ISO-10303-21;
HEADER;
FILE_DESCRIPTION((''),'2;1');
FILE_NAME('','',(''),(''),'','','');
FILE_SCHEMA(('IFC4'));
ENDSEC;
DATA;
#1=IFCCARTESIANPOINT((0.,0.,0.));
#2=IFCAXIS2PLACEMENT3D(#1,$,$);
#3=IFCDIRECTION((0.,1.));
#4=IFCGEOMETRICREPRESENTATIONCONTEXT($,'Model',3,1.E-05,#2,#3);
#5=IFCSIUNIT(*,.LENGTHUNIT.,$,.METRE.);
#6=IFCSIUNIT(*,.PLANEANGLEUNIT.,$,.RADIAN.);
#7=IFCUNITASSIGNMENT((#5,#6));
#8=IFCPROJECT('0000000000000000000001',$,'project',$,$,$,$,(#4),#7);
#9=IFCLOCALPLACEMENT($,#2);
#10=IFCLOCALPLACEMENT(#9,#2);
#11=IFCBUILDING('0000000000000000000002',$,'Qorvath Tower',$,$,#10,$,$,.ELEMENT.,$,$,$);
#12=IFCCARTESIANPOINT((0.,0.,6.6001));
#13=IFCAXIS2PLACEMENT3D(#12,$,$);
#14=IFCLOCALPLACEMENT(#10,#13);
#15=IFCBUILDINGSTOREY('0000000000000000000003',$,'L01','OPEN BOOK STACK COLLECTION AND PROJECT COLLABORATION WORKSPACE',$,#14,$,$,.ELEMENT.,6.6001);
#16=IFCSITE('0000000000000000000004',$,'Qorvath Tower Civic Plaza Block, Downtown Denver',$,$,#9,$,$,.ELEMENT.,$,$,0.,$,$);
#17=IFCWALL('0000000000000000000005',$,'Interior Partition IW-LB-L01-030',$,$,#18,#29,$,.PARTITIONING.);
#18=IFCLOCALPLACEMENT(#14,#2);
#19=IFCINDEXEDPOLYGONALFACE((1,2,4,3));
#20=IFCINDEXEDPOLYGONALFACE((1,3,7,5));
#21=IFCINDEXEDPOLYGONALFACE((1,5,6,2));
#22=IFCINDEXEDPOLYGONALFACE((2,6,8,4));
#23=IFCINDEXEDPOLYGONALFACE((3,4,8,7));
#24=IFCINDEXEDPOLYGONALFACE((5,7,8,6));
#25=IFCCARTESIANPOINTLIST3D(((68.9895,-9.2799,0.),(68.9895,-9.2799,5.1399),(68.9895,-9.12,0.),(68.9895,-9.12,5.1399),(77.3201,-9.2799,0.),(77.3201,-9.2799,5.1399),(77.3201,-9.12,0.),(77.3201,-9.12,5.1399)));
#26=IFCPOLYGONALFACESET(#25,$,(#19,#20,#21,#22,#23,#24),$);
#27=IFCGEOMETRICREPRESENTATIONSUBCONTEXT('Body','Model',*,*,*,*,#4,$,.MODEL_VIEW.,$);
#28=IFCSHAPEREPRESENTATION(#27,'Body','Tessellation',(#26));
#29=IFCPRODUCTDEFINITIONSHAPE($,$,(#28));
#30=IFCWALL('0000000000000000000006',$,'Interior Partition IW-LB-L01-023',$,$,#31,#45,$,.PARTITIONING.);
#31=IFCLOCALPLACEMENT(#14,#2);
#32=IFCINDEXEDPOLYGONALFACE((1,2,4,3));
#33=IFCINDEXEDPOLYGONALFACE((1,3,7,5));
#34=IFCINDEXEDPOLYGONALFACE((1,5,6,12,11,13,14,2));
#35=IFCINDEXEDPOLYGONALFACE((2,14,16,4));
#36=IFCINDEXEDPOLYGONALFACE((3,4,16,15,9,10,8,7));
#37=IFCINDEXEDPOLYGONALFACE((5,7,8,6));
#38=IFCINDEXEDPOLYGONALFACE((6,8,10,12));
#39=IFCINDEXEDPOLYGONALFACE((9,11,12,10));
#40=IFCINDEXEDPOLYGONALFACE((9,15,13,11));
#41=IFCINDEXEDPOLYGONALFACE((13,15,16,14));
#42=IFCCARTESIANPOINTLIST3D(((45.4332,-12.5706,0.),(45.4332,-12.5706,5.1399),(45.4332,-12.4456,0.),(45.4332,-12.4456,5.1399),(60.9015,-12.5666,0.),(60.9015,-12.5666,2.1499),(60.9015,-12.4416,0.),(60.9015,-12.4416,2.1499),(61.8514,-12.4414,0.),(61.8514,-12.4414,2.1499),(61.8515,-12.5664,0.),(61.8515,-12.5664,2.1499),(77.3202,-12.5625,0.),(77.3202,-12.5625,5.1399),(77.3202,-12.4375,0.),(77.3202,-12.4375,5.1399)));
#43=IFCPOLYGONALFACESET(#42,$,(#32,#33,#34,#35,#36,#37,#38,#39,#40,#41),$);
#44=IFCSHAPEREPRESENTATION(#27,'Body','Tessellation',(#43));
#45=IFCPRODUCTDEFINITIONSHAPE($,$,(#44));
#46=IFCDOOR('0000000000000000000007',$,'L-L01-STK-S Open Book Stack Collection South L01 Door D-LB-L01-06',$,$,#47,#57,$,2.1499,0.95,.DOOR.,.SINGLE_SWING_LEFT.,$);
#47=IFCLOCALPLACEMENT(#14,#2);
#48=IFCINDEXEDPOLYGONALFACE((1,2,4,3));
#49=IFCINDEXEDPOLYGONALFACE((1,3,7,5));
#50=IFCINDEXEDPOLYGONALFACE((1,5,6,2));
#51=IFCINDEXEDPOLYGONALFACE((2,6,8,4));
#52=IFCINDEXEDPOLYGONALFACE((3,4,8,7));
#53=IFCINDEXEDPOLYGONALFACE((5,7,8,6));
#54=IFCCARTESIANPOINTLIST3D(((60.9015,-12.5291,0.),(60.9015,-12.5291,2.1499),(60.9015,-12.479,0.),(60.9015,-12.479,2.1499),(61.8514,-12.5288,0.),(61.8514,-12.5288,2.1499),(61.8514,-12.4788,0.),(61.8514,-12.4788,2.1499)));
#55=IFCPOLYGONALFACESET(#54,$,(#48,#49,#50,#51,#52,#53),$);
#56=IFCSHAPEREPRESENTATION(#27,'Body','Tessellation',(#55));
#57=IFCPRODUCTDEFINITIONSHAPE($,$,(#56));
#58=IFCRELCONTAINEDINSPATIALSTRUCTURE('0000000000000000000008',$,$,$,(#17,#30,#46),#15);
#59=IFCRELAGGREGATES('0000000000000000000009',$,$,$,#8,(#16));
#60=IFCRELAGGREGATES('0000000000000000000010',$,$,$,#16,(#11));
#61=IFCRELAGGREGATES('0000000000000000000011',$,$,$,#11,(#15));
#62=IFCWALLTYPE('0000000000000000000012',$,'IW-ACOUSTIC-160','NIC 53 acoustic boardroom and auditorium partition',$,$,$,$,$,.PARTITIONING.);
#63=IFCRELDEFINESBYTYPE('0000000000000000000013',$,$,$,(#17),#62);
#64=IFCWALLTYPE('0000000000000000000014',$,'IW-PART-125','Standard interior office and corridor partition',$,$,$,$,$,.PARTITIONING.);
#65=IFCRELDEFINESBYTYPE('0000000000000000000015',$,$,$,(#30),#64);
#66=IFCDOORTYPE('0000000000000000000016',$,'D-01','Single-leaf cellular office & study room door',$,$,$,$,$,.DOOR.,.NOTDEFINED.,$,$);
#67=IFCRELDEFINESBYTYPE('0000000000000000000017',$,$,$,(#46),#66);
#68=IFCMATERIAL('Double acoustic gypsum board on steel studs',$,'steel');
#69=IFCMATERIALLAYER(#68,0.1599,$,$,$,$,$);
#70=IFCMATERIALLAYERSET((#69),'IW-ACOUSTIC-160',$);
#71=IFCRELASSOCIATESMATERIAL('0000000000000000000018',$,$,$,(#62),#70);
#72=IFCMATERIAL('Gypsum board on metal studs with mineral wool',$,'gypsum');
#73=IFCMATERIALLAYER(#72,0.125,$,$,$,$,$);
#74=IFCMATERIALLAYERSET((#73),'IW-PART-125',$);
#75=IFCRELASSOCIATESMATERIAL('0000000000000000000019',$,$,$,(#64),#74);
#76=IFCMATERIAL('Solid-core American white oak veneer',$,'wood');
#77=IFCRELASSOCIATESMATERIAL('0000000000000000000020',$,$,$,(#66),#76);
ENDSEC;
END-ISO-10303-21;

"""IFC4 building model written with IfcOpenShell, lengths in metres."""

from ifc_helpers import new_model, si_unit, direction, frame, frame_2d, origin, place, context, subcontext, project, spatial, rectangle, extrude, material, layer, layer_set, type_object, element, fill, save


model = new_model("IFC4")

# Units and contexts
model_context = context("Model", 3, precision=1e-05, world=origin(), true_north=direction((0.0, 1.0)))
body_context = subcontext(model_context, "Body", "Model", "MODEL_VIEW")
ifc_project = project(units=[si_unit("LENGTHUNIT", "METRE"), si_unit("PLANEANGLEUNIT", "RADIAN")], contexts=[model_context])

# Site, building, storey
site_placement = place(None, origin())
site = spatial("IfcSite", under=ifc_project, at=site_placement, Name="Qorvath Tower Civic Plaza Block, Downtown Denver", CompositionType="ELEMENT", RefElevation=0.0)
building_placement = place(site_placement, origin())
building = spatial("IfcBuilding", under=site, at=building_placement, Name="Qorvath Tower", CompositionType="ELEMENT")
storey_placement = place(building_placement, frame((0.0, 0.0, 6.6001)))
storey = spatial("IfcBuildingStorey", under=building, at=storey_placement, Name="L01", Description="OPEN BOOK STACK COLLECTION AND PROJECT COLLABORATION WORKSPACE", CompositionType="ELEMENT", Elevation=6.6001)

# Wall
ifc_material_1 = material(Name="Double acoustic gypsum board on steel studs", Category="steel")
ifc_layer_1 = layer(ifc_material_1, 0.1599)
ifc_layer_set_1 = layer_set([ifc_layer_1], Name="IW-ACOUSTIC-160")
wall_type_1 = type_object("IfcWallType", Name="IW-ACOUSTIC-160", Description="NIC 53 acoustic boardroom and auditorium partition", PredefinedType="PARTITIONING", material=ifc_layer_set_1)
wall_1_placement = place(storey_placement, frame((68.9895, -9.2, 0.0), z_axis=(0.0, 0.0, 1.0), x_axis=(1.0, 0.0, 0.0)))
element("IfcWall", 1, at=wall_1_placement, inside=storey, type_object=wall_type_1, Name="Interior Partition IW-LB-L01-030", PredefinedType="PARTITIONING", context=body_context, shape_type="SweptSolid", body=[
    extrude(rectangle(XDim=8.3306, YDim=0.1599, at=frame_2d((4.1653, 0.0))), origin(), (0.0, 0.0, 1.0), 5.1399),
])

# Wall, opening, door
ifc_material_2 = material(Name="Gypsum board on metal studs with mineral wool", Category="gypsum")
ifc_layer_2 = layer(ifc_material_2, 0.125)
ifc_layer_set_2 = layer_set([ifc_layer_2], Name="IW-PART-125")
wall_type_2 = type_object("IfcWallType", Name="IW-PART-125", Description="Standard interior office and corridor partition", PredefinedType="PARTITIONING", material=ifc_layer_set_2)
wall_2_placement = place(storey_placement, frame((77.3201, -12.5, 0.0), z_axis=(0.0, 0.0, 1.0), x_axis=(-1.0, -0.000253, 0.0)))
wall_2 = element("IfcWall", 2, at=wall_2_placement, inside=storey, type_object=wall_type_2, Name="Interior Partition IW-LB-L01-023", PredefinedType="PARTITIONING", context=body_context, shape_type="SweptSolid", body=[
    extrude(rectangle(XDim=31.887, YDim=0.125, at=frame_2d((15.9434, 0.0))), origin(), (0.0, 0.0, 1.0), 5.1399),
])
opening_placement = place(wall_2_placement, frame((15.4685, 0.0, 0.0)))
opening = element("IfcOpeningElement", 3, at=opening_placement, cuts=wall_2, PredefinedType="OPENING", context=body_context, shape_type="SweptSolid", body=[
    extrude(rectangle(XDim=0.95, YDim=2.1499, at=frame_2d((0.4751, 1.075))), frame((0.0, 0.0725, 0.0), z_axis=(0.0, -1.0, 0.0), x_axis=(1.0, 0.0, 0.0)), (0.0, 0.0, 1.0), 0.145),
])
ifc_material_3 = material(Name="Solid-core American white oak veneer", Category="wood")
door_type = type_object("IfcDoorType", Name="D-01", Description="Single-leaf cellular office & study room door", OperationType="NOTDEFINED", PredefinedType="DOOR", material=ifc_material_3)
door_placement = place(opening_placement, origin())
door = element("IfcDoor", 4, at=door_placement, inside=storey, type_object=door_type, Name="L-L01-STK-S Open Book Stack Collection South L01 Door D-LB-L01-06", OperationType="SINGLE_SWING_LEFT", OverallHeight=2.1499, OverallWidth=0.95, PredefinedType="DOOR", context=body_context, shape_type="SweptSolid", body=[
    extrude(rectangle(XDim=0.95, YDim=2.1499, at=frame_2d((0.4751, 1.075))), frame((0.0, 0.0249, 0.0), z_axis=(0.0, -1.0, 0.0), x_axis=(1.0, 0.0, 0.0)), (0.0, 0.0, 1.0), 0.05),
])
fill(opening, door)

save(model, "model.ifc")
